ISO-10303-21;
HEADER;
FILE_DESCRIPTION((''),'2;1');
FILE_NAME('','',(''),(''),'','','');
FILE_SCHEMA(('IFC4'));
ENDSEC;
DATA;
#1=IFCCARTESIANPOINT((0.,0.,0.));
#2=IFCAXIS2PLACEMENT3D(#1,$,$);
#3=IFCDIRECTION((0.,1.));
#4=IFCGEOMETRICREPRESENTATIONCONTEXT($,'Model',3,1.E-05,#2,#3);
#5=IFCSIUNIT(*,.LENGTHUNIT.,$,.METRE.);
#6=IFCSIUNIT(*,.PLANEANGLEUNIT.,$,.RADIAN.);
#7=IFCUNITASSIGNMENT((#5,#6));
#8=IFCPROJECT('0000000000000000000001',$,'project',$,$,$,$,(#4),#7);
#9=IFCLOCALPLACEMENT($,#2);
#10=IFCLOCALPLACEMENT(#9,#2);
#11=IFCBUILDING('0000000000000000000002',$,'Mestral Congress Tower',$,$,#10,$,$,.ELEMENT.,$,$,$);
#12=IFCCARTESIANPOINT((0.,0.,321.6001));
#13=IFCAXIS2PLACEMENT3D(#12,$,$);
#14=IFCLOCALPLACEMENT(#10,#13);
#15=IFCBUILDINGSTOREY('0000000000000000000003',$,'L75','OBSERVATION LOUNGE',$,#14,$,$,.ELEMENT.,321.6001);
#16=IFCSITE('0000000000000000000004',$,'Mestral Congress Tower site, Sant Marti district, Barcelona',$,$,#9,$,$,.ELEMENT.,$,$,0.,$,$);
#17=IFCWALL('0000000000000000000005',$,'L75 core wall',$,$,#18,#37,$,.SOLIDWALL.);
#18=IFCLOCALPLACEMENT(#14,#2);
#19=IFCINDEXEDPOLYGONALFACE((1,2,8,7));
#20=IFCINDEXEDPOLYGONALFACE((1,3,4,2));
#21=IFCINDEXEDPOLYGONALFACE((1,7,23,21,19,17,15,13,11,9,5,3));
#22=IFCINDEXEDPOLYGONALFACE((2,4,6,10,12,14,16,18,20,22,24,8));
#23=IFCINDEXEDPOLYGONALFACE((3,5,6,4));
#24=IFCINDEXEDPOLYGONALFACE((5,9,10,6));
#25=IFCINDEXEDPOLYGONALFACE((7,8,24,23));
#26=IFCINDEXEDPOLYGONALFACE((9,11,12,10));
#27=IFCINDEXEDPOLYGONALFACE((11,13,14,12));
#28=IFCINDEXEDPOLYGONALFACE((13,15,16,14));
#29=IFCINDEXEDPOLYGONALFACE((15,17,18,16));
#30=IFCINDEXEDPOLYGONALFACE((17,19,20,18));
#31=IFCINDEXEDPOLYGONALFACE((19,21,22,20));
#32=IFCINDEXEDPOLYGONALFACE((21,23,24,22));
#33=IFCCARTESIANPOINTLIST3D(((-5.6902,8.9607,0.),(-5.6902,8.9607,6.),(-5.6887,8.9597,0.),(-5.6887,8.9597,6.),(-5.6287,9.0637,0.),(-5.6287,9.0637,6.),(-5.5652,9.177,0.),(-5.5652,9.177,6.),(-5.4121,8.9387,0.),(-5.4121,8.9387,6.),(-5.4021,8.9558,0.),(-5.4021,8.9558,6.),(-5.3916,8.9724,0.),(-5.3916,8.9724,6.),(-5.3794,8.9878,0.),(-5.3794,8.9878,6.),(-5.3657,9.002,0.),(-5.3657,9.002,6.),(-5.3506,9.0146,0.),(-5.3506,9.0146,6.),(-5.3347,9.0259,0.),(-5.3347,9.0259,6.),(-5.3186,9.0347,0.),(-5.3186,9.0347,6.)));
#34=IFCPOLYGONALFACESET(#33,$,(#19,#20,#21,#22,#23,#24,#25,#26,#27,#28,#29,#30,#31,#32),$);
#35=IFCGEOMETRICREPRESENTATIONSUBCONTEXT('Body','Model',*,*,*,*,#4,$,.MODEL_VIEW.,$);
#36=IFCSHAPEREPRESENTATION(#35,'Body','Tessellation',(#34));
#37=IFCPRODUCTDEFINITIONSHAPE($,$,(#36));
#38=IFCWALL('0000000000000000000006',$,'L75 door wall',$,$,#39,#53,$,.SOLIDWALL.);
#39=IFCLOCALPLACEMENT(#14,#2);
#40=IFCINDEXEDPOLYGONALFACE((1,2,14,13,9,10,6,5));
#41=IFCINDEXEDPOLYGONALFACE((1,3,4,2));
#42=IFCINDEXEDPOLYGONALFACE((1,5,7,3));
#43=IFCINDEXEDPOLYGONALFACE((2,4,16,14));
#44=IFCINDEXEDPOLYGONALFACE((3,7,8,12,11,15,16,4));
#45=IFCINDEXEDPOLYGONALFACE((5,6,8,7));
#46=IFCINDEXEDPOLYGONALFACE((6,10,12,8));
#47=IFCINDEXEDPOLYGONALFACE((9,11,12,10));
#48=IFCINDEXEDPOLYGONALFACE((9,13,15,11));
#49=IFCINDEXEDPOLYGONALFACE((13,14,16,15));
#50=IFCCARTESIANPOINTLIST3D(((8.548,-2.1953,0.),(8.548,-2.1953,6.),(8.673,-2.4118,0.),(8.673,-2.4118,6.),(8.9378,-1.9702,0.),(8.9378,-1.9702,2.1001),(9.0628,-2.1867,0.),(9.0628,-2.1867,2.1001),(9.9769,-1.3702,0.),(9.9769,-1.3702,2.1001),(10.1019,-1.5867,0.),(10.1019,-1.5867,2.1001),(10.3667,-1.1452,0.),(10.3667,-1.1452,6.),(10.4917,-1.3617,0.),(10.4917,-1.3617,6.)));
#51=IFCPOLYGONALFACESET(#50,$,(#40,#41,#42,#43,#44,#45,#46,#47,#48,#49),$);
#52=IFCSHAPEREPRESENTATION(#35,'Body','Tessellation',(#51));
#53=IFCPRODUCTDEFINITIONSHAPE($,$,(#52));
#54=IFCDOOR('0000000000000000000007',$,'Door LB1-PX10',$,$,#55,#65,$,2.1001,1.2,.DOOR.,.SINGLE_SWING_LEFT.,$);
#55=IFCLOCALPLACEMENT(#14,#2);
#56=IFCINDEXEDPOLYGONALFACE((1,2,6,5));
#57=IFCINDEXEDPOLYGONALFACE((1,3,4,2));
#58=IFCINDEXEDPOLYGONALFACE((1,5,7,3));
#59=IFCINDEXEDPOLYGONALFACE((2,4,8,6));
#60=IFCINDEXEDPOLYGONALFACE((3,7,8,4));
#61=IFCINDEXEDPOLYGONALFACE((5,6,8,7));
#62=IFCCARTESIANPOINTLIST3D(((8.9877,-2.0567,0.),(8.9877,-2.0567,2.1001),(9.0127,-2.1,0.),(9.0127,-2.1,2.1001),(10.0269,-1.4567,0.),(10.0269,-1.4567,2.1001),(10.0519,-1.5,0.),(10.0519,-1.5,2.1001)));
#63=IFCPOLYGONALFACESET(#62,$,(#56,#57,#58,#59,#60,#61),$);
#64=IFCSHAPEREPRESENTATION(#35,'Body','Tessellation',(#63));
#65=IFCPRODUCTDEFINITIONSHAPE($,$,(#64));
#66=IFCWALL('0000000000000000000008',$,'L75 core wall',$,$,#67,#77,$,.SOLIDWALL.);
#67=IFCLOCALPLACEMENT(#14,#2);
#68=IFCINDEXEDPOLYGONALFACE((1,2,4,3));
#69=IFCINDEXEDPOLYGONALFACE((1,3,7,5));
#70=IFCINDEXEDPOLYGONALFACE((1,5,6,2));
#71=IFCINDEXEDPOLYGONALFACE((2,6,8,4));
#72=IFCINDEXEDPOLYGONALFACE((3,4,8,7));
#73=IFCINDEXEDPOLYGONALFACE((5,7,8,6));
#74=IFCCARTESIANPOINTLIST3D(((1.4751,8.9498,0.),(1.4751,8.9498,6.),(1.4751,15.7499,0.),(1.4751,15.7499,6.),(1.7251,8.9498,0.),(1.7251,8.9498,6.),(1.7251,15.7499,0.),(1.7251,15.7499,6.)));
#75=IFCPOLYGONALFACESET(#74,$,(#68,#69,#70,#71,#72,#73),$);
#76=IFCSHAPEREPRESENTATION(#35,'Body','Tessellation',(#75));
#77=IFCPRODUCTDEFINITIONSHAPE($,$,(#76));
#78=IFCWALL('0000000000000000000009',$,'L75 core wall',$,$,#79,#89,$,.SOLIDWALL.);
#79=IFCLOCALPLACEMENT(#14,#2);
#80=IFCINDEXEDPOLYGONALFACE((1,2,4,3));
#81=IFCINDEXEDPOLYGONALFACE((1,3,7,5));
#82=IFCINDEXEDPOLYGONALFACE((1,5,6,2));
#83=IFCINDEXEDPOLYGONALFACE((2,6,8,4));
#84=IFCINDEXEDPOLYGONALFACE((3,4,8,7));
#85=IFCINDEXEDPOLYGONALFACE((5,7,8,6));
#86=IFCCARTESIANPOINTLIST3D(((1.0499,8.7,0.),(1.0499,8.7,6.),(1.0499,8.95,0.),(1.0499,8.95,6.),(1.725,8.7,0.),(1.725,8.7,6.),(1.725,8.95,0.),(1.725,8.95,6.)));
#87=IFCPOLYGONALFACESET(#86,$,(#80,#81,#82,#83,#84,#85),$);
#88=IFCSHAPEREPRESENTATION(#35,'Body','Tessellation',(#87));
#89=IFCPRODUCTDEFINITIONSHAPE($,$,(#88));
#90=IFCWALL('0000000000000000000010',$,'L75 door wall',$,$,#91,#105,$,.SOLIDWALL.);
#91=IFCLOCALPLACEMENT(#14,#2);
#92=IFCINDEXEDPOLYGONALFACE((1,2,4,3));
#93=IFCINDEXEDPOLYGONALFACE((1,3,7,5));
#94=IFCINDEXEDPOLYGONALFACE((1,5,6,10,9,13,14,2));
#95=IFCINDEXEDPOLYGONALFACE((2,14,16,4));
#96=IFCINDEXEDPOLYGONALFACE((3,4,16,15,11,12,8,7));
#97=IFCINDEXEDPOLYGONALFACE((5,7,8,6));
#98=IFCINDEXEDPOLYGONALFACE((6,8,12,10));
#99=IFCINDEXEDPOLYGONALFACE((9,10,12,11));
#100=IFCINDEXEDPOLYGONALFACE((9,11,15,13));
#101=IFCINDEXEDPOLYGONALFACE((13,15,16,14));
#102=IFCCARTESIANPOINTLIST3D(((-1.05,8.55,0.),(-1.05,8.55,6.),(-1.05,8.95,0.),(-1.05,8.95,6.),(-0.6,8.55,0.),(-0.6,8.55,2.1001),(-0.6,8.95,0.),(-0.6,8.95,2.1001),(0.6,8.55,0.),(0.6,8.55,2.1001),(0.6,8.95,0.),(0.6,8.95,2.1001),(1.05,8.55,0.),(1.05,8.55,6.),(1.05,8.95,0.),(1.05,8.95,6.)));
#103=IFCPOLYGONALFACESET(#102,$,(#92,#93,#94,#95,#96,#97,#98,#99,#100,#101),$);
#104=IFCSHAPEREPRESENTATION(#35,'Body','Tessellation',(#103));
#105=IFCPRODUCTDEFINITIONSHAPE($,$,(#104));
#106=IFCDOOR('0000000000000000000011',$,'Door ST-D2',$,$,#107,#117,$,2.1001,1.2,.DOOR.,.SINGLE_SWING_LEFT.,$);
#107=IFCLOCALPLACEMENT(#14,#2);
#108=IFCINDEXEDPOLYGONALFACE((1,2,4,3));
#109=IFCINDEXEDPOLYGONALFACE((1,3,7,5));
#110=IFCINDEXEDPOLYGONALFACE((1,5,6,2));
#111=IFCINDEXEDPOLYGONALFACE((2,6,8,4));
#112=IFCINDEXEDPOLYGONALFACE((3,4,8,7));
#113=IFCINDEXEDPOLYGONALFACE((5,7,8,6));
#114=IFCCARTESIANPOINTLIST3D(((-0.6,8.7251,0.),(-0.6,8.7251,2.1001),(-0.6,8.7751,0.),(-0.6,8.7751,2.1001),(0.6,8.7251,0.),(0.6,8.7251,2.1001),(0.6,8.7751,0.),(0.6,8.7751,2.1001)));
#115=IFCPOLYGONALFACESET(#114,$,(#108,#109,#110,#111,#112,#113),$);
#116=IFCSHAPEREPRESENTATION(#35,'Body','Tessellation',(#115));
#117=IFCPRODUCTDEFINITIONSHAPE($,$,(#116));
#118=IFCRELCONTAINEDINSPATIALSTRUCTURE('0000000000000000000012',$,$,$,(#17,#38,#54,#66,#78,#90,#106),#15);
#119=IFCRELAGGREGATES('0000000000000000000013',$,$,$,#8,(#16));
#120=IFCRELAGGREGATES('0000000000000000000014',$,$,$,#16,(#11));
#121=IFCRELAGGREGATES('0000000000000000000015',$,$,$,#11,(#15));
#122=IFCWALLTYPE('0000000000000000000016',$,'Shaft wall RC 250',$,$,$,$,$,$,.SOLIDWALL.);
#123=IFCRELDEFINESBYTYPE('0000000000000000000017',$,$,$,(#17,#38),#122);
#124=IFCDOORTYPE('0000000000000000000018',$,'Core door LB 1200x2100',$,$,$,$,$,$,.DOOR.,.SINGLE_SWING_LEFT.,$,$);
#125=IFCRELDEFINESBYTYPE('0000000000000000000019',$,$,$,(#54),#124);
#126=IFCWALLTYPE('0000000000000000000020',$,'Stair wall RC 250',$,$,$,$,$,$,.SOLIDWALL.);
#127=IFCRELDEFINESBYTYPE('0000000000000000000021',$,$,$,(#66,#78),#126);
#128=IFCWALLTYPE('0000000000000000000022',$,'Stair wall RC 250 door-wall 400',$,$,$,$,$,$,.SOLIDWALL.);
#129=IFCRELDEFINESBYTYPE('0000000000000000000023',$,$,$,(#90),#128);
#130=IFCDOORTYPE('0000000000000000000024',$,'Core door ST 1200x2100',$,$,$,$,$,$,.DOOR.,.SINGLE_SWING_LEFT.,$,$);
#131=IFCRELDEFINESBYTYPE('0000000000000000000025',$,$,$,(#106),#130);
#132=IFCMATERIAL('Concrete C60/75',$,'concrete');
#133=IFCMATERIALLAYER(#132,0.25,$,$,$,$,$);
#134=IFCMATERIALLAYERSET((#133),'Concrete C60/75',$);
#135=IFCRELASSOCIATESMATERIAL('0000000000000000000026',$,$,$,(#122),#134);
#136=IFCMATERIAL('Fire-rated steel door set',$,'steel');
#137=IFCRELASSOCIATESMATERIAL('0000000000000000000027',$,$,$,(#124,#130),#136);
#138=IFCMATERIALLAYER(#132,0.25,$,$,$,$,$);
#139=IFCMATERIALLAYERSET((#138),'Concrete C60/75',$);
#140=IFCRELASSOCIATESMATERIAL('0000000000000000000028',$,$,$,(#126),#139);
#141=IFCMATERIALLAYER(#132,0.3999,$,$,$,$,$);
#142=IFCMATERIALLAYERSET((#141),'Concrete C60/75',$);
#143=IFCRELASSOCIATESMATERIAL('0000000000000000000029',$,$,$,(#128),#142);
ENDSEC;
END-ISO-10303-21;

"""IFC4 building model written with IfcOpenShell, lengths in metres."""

from ifc_helpers import new_model, si_unit, direction, frame, frame_2d, origin, place, context, subcontext, project, spatial, polyline, rectangle, outline, extrude, material, layer, layer_set, type_object, element, fill, save


model = new_model("IFC4")

# Units and contexts
model_context = context("Model", 3, precision=1e-05, world=origin(), true_north=direction((0.0, 1.0)))
body_context = subcontext(model_context, "Body", "Model", "MODEL_VIEW")
ifc_project = project(units=[si_unit("LENGTHUNIT", "METRE"), si_unit("PLANEANGLEUNIT", "RADIAN")], contexts=[model_context])

# Site, building, storey
site_placement = place(None, origin())
site = spatial("IfcSite", under=ifc_project, at=site_placement, Name="Mestral Congress Tower site, Sant Marti district, Barcelona", CompositionType="ELEMENT", RefElevation=0.0)
building_placement = place(site_placement, origin())
building = spatial("IfcBuilding", under=site, at=building_placement, Name="Mestral Congress Tower", CompositionType="ELEMENT")
storey_placement = place(building_placement, frame((0.0, 0.0, 321.6001)))
storey = spatial("IfcBuildingStorey", under=building, at=storey_placement, Name="L75", Description="OBSERVATION LOUNGE", CompositionType="ELEMENT", Elevation=321.6001)

# Shared definitions
ifc_material_1 = material(Name="Fire-rated steel door set", Category="steel")

# Shared definitions
ifc_material_2 = material(Name="Concrete C60/75", Category="concrete")
placement = place(storey_placement, origin())

# Wall
ifc_layer_1 = layer(ifc_material_2, 0.25)
ifc_layer_set_1 = layer_set([ifc_layer_1], Name="Concrete C60/75")
wall_type_1 = type_object("IfcWallType", Name="Shaft wall RC 250", PredefinedType="SOLIDWALL", material=ifc_layer_set_1)
element("IfcWall", 1, at=placement, inside=storey, type_object=wall_type_1, Name="L75 core wall", PredefinedType="SOLIDWALL", context=body_context, shape_type="SweptSolid", body=[
    extrude(outline(polyline([(-5.6887, 8.9597), (-5.6902, 8.9607), (-5.5652, 9.177), (-5.3186, 9.0347), (-5.3347, 9.0259), (-5.3506, 9.0146), (-5.3657, 9.002), (-5.3794, 8.9878), (-5.3916, 8.9724), (-5.4021, 8.9558), (-5.4121, 8.9387), (-5.6287, 9.0637), (-5.6287, 9.0637), (-5.6887, 8.9597)])), origin(), (0.0, 0.0, 1.0), 6.0),
])

# Wall, opening, door
wall_1_placement = place(storey_placement, frame((10.4292, -1.2534, 0.0), z_axis=(0.0, 0.0, 1.0), x_axis=(-0.866009, -0.500028, 0.0)))
wall_1 = element("IfcWall", 2, at=wall_1_placement, inside=storey, type_object=wall_type_1, Name="L75 door wall", PredefinedType="SOLIDWALL", context=body_context, shape_type="SweptSolid", body=[
    extrude(rectangle(XDim=2.1001, YDim=0.25, at=frame_2d((1.05, 0.0))), origin(), (0.0, 0.0, 1.0), 6.0),
])
opening_1_placement = place(wall_1_placement, frame((0.45, 0.0, 0.0)))
opening_1 = element("IfcOpeningElement", 3, at=opening_1_placement, cuts=wall_1, PredefinedType="OPENING", context=body_context, shape_type="SweptSolid", body=[
    extrude(rectangle(XDim=1.2, YDim=2.1001, at=frame_2d((0.6001, 1.05))), frame((0.0, 0.135, 0.0), z_axis=(0.0, -1.0, 0.0), x_axis=(1.0, 0.0, 0.0)), (0.0, 0.0, 1.0), 0.27),
])
door_type_1 = type_object("IfcDoorType", Name="Core door LB 1200x2100", OperationType="SINGLE_SWING_LEFT", PredefinedType="DOOR", material=ifc_material_1)
door_1_placement = place(opening_1_placement, origin())
door_1 = element("IfcDoor", 4, at=door_1_placement, inside=storey, type_object=door_type_1, Name="Door LB1-PX10", OperationType="SINGLE_SWING_LEFT", OverallHeight=2.1001, OverallWidth=1.2, PredefinedType="DOOR", context=body_context, shape_type="SweptSolid", body=[
    extrude(rectangle(XDim=1.2, YDim=2.1001, at=frame_2d((0.6001, 1.05))), frame((0.0, 0.0249, 0.0), z_axis=(0.0, -1.0, 0.0), x_axis=(1.0, 0.0, 0.0)), (0.0, 0.0, 1.0), 0.05),
])
fill(opening_1, door_1)

# Walls
ifc_layer_2 = layer(ifc_material_2, 0.25)
ifc_layer_set_2 = layer_set([ifc_layer_2], Name="Concrete C60/75")
wall_type_2 = type_object("IfcWallType", Name="Stair wall RC 250", PredefinedType="SOLIDWALL", material=ifc_layer_set_2)
wall_2_placement = place(storey_placement, frame((1.6001, 8.95, 0.0), z_axis=(0.0, 0.0, 1.0), x_axis=(0.0, 1.0, 0.0)))
element("IfcWall", 5, at=wall_2_placement, inside=storey, type_object=wall_type_2, Name="L75 core wall", PredefinedType="SOLIDWALL", context=body_context, shape_type="SweptSolid", body=[
    extrude(rectangle(XDim=6.8, YDim=0.25, at=frame_2d((3.3999, 0.0))), origin(), (0.0, 0.0, 1.0), 6.0),
])
wall_3_placement = place(storey_placement, frame((1.05, 8.825, 0.0), z_axis=(0.0, 0.0, 1.0), x_axis=(1.0, 0.0, 0.0)))
element("IfcWall", 6, at=wall_3_placement, inside=storey, type_object=wall_type_2, Name="L75 core wall", PredefinedType="SOLIDWALL", context=body_context, shape_type="SweptSolid", body=[
    extrude(rectangle(XDim=0.675, YDim=0.25, at=frame_2d((0.3374, 0.0))), origin(), (0.0, 0.0, 1.0), 6.0),
])

# Wall, opening, door
ifc_layer_3 = layer(ifc_material_2, 0.3999)
ifc_layer_set_3 = layer_set([ifc_layer_3], Name="Concrete C60/75")
wall_type_3 = type_object("IfcWallType", Name="Stair wall RC 250 door-wall 400", PredefinedType="SOLIDWALL", material=ifc_layer_set_3)
wall_4_placement = place(storey_placement, frame((1.05, 8.75, 0.0), z_axis=(0.0, 0.0, 1.0), x_axis=(-1.0, 0.0, 0.0)))
wall_4 = element("IfcWall", 7, at=wall_4_placement, inside=storey, type_object=wall_type_3, Name="L75 door wall", PredefinedType="SOLIDWALL", context=body_context, shape_type="SweptSolid", body=[
    extrude(rectangle(XDim=2.1001, YDim=0.3999, at=frame_2d((1.05, 0.0))), origin(), (0.0, 0.0, 1.0), 6.0),
])
opening_2_placement = place(wall_4_placement, frame((0.45, 0.0, 0.0)))
opening_2 = element("IfcOpeningElement", 8, at=opening_2_placement, cuts=wall_4, PredefinedType="OPENING", context=body_context, shape_type="SweptSolid", body=[
    extrude(rectangle(XDim=1.2, YDim=2.1001, at=frame_2d((0.6001, 1.05))), frame((0.0, 0.21, 0.0), z_axis=(0.0, -1.0, 0.0), x_axis=(1.0, 0.0, 0.0)), (0.0, 0.0, 1.0), 0.4199),
])
door_type_2 = type_object("IfcDoorType", Name="Core door ST 1200x2100", OperationType="SINGLE_SWING_LEFT", PredefinedType="DOOR", material=ifc_material_1)
door_2_placement = place(opening_2_placement, origin())
door_2 = element("IfcDoor", 9, at=door_2_placement, inside=storey, type_object=door_type_2, Name="Door ST-D2", OperationType="SINGLE_SWING_LEFT", OverallHeight=2.1001, OverallWidth=1.2, PredefinedType="DOOR", context=body_context, shape_type="SweptSolid", body=[
    extrude(rectangle(XDim=1.2, YDim=2.1001, at=frame_2d((0.6001, 1.05))), frame((0.0, 0.0249, 0.0), z_axis=(0.0, -1.0, 0.0), x_axis=(1.0, 0.0, 0.0)), (0.0, 0.0, 1.0), 0.05),
])
fill(opening_2, door_2)

save(model, "model.ifc")
